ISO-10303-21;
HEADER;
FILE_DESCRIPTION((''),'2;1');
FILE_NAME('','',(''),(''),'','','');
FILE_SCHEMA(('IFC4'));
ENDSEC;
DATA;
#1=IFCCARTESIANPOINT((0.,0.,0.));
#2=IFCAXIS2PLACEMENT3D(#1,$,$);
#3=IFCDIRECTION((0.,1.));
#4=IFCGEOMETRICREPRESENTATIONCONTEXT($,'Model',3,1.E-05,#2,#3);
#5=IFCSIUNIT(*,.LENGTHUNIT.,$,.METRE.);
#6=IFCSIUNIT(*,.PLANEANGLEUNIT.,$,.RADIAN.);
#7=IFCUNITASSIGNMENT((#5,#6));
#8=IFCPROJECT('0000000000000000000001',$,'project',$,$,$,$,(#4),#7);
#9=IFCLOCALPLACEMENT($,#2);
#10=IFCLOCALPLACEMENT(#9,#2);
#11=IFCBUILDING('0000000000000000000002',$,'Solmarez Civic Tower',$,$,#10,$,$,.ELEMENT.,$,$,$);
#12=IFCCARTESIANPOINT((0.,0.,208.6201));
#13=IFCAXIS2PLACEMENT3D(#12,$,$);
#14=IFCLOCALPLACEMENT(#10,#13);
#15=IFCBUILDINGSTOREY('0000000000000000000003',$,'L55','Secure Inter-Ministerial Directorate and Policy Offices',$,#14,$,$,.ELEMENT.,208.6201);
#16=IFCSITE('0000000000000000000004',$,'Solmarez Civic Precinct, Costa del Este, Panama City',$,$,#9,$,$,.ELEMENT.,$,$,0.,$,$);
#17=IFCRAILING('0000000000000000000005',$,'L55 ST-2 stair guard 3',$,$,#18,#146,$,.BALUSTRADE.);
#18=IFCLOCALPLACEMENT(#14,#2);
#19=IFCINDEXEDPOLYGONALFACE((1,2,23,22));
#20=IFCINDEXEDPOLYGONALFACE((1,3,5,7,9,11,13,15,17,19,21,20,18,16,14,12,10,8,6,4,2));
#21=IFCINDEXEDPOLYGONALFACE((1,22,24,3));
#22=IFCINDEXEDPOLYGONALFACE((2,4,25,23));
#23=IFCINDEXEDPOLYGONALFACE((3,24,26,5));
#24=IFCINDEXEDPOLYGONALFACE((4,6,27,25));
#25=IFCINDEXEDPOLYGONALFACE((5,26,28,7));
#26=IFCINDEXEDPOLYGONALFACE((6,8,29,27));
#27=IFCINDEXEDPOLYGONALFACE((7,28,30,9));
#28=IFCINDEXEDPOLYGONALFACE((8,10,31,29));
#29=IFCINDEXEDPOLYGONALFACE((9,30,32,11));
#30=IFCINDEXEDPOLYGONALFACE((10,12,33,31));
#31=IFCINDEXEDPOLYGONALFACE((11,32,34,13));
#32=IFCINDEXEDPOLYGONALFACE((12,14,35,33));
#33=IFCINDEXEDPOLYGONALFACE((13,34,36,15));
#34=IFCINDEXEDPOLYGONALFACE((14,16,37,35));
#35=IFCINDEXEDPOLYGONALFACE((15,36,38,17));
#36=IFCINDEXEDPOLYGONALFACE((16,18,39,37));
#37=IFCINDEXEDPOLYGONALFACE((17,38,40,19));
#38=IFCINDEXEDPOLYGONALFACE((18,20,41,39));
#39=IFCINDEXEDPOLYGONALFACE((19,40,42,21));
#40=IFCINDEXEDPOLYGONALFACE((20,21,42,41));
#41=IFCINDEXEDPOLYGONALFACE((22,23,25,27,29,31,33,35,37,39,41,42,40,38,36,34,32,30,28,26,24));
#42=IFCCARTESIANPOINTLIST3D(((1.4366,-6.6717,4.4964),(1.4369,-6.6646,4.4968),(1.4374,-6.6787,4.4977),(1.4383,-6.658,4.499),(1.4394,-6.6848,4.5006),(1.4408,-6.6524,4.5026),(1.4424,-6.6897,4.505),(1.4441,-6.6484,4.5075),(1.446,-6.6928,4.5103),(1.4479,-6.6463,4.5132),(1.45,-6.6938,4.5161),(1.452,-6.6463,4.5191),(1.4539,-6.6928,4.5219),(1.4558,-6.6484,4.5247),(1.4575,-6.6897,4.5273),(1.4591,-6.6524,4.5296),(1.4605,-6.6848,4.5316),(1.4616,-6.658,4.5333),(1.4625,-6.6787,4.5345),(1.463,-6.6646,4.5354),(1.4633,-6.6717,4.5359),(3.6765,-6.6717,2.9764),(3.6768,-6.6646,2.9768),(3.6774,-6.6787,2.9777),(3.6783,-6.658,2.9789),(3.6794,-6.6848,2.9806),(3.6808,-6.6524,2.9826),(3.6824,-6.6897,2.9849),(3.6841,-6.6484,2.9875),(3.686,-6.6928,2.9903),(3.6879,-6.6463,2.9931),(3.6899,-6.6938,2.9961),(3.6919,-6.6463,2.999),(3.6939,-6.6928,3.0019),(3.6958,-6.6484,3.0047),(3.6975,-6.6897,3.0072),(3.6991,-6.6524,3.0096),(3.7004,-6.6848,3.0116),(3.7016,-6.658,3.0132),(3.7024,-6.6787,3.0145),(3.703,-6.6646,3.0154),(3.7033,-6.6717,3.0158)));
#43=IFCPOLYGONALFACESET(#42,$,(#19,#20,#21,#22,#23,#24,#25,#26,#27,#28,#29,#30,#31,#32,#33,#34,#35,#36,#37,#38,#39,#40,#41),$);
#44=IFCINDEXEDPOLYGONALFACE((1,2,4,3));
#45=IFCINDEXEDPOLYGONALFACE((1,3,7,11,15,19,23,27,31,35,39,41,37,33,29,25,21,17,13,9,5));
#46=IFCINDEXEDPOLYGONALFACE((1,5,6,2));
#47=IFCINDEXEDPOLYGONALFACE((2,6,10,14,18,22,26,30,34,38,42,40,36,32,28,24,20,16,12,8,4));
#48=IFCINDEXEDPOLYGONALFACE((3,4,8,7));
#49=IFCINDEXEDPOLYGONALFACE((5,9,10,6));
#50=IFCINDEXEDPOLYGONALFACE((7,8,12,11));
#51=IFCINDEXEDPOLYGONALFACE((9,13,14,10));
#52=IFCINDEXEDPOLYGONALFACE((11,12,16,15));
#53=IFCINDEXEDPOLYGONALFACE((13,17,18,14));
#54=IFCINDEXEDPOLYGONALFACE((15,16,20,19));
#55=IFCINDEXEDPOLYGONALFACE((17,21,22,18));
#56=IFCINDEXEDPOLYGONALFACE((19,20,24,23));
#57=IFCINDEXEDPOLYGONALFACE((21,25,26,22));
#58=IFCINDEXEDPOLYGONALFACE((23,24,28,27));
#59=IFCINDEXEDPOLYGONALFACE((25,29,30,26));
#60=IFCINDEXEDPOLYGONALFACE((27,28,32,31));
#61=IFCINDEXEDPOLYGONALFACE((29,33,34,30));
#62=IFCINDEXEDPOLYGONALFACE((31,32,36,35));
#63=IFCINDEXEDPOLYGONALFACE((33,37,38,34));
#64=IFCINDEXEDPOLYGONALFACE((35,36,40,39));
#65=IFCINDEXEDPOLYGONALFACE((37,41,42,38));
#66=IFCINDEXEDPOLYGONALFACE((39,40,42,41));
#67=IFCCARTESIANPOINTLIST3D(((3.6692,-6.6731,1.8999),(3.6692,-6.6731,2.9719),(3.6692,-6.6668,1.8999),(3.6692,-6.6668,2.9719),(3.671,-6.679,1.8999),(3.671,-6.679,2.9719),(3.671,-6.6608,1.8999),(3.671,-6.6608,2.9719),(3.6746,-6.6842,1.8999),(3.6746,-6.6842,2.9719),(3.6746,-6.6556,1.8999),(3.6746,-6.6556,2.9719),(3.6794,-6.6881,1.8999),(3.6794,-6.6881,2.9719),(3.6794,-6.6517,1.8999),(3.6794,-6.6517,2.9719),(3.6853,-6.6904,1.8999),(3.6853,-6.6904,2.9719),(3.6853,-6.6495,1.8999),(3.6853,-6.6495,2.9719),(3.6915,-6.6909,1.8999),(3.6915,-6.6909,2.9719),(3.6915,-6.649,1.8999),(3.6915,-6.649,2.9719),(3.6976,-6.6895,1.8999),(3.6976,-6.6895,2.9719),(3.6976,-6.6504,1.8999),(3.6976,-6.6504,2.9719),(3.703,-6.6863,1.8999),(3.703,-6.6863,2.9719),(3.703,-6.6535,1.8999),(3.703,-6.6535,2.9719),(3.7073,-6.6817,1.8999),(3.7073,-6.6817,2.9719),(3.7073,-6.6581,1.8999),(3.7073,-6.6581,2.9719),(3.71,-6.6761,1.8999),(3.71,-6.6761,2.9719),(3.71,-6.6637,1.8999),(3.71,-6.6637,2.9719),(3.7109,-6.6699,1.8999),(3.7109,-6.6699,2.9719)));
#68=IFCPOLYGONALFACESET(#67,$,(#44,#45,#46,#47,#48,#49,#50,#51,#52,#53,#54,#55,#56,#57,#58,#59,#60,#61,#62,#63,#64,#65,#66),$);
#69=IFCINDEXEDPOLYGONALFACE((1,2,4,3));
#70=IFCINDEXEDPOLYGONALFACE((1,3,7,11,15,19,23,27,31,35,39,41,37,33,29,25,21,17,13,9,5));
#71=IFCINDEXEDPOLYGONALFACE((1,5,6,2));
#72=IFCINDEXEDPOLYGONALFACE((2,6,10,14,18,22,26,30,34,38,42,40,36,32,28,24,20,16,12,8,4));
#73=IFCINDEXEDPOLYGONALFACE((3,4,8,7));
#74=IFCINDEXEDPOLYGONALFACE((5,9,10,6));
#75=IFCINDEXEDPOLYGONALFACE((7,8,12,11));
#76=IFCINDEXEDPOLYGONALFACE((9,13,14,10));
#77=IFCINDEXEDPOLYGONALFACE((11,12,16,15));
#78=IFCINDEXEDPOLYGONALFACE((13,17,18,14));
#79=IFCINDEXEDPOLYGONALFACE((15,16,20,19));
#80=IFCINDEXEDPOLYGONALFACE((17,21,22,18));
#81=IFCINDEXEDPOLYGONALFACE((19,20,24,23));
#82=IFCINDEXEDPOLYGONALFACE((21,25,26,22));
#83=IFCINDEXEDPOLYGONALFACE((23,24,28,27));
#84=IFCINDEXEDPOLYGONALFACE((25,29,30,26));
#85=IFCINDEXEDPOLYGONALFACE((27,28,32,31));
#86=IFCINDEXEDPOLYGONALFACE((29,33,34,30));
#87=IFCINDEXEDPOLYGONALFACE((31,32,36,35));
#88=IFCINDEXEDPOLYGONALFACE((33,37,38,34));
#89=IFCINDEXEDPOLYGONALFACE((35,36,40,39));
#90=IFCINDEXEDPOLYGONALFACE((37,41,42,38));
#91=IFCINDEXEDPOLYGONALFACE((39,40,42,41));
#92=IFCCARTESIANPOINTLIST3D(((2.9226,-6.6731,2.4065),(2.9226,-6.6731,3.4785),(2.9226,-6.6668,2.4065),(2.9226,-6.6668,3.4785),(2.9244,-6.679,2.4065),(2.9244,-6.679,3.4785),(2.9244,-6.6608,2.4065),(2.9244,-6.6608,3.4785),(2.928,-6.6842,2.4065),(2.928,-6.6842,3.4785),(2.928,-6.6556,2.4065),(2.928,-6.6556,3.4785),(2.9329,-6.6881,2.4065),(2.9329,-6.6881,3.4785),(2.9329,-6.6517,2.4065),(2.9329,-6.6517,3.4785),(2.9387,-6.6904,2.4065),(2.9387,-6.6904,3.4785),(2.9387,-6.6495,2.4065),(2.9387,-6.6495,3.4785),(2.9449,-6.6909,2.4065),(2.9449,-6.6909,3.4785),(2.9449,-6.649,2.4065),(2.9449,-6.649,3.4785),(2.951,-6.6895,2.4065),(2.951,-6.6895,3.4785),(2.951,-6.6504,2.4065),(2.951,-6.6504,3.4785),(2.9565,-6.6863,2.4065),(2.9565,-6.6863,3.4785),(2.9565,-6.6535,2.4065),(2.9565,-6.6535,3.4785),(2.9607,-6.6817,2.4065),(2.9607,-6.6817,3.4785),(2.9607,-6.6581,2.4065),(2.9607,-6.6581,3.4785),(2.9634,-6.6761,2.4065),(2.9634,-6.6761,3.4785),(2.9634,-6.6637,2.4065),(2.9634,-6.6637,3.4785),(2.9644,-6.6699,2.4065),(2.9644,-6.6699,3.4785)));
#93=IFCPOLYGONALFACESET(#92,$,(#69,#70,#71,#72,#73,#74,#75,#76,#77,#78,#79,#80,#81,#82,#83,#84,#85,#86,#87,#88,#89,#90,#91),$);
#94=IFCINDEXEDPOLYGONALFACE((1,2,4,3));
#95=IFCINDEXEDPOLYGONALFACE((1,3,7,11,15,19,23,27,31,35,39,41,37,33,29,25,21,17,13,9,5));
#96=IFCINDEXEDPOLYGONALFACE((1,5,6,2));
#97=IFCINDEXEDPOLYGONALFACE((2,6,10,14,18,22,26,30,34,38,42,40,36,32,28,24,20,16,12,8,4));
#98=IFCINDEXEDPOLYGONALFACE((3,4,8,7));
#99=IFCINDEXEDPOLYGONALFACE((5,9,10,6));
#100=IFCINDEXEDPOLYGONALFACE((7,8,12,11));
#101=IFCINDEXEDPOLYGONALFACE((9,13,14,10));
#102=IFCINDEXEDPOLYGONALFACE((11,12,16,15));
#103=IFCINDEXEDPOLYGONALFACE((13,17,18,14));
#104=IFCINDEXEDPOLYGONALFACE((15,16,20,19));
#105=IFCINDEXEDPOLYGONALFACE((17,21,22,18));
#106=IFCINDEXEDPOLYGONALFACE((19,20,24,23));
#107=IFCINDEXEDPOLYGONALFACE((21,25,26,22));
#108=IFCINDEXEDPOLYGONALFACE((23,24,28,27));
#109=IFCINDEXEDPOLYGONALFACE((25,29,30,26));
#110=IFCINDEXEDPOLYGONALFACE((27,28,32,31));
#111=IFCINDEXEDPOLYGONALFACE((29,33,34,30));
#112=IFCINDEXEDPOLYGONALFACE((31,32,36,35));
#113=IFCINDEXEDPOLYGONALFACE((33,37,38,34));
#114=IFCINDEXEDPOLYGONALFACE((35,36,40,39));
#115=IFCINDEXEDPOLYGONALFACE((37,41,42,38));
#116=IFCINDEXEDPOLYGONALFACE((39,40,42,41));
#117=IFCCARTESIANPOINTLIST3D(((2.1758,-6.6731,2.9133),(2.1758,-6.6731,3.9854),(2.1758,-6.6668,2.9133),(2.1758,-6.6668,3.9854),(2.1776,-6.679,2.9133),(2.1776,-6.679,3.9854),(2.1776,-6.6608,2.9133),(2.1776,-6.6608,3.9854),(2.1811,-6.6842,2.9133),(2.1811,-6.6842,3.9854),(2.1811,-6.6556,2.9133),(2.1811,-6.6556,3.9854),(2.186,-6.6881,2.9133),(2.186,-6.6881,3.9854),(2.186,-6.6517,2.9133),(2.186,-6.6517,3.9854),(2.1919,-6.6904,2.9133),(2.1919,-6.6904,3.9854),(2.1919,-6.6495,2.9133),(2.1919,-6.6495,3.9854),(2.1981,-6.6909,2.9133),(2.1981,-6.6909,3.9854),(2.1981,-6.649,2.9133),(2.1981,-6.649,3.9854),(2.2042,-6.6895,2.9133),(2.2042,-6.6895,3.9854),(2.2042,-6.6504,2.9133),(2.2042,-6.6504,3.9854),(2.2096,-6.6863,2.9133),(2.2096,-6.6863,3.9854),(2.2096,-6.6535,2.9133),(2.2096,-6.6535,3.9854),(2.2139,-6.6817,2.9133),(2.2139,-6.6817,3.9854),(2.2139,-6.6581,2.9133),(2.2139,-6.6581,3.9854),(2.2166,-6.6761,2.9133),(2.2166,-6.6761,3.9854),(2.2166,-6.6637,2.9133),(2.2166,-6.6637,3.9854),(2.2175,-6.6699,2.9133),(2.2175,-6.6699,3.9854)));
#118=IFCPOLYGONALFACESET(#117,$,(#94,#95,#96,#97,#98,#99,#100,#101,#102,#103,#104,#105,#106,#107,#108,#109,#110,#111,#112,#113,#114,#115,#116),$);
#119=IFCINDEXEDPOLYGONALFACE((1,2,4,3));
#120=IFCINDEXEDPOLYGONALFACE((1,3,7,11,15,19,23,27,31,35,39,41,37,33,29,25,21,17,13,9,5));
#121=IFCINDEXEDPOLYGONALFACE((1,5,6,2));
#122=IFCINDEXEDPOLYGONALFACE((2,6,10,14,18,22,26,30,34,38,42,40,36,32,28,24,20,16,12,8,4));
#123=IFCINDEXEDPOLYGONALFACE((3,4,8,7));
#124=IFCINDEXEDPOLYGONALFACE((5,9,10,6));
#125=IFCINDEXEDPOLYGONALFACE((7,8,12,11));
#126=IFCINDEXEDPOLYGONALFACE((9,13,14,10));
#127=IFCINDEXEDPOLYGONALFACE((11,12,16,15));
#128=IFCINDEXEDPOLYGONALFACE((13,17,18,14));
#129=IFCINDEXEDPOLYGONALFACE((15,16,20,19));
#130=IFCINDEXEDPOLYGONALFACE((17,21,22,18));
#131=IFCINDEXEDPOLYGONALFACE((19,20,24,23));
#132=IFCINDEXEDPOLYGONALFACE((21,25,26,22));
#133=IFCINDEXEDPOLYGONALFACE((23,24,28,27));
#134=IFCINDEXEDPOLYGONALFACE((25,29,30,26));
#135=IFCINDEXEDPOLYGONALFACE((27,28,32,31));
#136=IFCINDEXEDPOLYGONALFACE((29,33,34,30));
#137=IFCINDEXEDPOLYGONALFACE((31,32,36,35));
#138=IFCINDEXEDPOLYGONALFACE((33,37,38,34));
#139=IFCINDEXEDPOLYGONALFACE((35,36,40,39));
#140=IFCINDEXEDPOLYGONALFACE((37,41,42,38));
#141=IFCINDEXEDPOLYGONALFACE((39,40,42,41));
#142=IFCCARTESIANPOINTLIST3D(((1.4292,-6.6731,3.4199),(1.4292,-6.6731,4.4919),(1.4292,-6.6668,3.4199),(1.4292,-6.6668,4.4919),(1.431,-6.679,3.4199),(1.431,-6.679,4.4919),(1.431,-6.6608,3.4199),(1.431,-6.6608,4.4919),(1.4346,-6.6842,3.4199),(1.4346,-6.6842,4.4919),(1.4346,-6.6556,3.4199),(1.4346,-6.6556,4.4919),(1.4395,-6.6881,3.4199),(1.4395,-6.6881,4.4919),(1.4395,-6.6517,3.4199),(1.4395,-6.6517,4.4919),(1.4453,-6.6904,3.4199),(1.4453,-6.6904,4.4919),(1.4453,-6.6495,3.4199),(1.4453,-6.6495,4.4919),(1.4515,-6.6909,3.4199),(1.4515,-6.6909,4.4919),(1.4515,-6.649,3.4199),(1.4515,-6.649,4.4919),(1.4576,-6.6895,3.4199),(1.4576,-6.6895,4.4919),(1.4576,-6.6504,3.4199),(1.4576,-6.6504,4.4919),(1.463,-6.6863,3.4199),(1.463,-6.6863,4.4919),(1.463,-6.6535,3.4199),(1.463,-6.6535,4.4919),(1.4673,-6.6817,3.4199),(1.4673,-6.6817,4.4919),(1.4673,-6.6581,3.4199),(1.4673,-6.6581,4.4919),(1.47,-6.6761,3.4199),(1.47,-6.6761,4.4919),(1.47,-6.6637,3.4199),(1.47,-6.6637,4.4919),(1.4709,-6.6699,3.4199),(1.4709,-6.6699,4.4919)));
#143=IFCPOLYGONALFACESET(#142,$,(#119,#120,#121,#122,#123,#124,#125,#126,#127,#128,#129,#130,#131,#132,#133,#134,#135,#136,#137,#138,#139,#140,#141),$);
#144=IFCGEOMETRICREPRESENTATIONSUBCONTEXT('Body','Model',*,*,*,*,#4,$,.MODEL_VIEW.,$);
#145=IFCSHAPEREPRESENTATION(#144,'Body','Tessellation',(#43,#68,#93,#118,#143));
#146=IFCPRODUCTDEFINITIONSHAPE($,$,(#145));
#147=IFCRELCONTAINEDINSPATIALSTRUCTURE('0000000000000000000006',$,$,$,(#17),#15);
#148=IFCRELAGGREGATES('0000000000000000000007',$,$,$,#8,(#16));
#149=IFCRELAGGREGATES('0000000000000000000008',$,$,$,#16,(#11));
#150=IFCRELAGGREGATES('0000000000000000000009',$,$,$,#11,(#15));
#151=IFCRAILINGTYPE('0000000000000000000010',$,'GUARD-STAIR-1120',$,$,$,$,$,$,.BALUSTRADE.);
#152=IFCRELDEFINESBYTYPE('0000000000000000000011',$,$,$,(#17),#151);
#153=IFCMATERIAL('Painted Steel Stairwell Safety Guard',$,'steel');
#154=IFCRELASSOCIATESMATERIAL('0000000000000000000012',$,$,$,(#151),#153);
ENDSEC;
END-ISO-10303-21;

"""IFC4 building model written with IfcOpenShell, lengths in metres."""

from ifc_helpers import new_model, si_unit, direction, frame, origin, origin_2d, place, context, subcontext, project, spatial, circle, extrude, material, type_object, element, save


model = new_model("IFC4")

# Units and contexts
model_context = context("Model", 3, precision=1e-05, world=origin(), true_north=direction((0.0, 1.0)))
body_context = subcontext(model_context, "Body", "Model", "MODEL_VIEW")
ifc_project = project(units=[si_unit("LENGTHUNIT", "METRE"), si_unit("PLANEANGLEUNIT", "RADIAN")], contexts=[model_context])

# Site, building, storey
site_placement = place(None, origin())
site = spatial("IfcSite", under=ifc_project, at=site_placement, Name="Solmarez Civic Precinct, Costa del Este, Panama City", CompositionType="ELEMENT", RefElevation=0.0)
building_placement = place(site_placement, origin())
building = spatial("IfcBuilding", under=site, at=building_placement, Name="Solmarez Civic Tower", CompositionType="ELEMENT")
storey_placement = place(building_placement, frame((0.0, 0.0, 208.6201)))
storey = spatial("IfcBuildingStorey", under=building, at=storey_placement, Name="L55", Description="Secure Inter-Ministerial Directorate and Policy Offices", CompositionType="ELEMENT", Elevation=208.6201)

# Railing
ifc_material_1 = material(Name="Painted Steel Stairwell Safety Guard", Category="steel")
railing_type_1 = type_object("IfcRailingType", Name="GUARD-STAIR-1120", PredefinedType="BALUSTRADE", material=ifc_material_1)
railing_1_placement = place(storey_placement, frame((3.6899, -6.6699, 1.8999)))
element("IfcRailing", 1, at=railing_1_placement, inside=storey, type_object=railing_type_1, Name="L55 ST-2 stair guard 3", PredefinedType="BALUSTRADE", context=body_context, shape_type="SweptSolid", body=[
    extrude(circle(Radius=0.0239, at=origin_2d()), frame((0.0, 0.0, 1.0962), z_axis=(-0.827471, 0.0, 0.561508), x_axis=(0.0, -1.0, 0.0)), (0.0, 0.0, 1.0), 2.707),
    extrude(circle(Radius=0.021, at=origin_2d()), origin(), (0.0, 0.0, 1.0), 1.072),
    extrude(circle(Radius=0.021, at=origin_2d()), frame((-0.7466, 0.0, 0.5066)), (0.0, 0.0, 1.0), 1.072),
    extrude(circle(Radius=0.021, at=origin_2d()), frame((-1.4934, 0.0, 1.0134)), (0.0, 0.0, 1.0), 1.072),
    extrude(circle(Radius=0.021, at=origin_2d()), frame((-2.24, 0.0, 1.52)), (0.0, 0.0, 1.0), 1.072),
])

save(model, "model.ifc")
